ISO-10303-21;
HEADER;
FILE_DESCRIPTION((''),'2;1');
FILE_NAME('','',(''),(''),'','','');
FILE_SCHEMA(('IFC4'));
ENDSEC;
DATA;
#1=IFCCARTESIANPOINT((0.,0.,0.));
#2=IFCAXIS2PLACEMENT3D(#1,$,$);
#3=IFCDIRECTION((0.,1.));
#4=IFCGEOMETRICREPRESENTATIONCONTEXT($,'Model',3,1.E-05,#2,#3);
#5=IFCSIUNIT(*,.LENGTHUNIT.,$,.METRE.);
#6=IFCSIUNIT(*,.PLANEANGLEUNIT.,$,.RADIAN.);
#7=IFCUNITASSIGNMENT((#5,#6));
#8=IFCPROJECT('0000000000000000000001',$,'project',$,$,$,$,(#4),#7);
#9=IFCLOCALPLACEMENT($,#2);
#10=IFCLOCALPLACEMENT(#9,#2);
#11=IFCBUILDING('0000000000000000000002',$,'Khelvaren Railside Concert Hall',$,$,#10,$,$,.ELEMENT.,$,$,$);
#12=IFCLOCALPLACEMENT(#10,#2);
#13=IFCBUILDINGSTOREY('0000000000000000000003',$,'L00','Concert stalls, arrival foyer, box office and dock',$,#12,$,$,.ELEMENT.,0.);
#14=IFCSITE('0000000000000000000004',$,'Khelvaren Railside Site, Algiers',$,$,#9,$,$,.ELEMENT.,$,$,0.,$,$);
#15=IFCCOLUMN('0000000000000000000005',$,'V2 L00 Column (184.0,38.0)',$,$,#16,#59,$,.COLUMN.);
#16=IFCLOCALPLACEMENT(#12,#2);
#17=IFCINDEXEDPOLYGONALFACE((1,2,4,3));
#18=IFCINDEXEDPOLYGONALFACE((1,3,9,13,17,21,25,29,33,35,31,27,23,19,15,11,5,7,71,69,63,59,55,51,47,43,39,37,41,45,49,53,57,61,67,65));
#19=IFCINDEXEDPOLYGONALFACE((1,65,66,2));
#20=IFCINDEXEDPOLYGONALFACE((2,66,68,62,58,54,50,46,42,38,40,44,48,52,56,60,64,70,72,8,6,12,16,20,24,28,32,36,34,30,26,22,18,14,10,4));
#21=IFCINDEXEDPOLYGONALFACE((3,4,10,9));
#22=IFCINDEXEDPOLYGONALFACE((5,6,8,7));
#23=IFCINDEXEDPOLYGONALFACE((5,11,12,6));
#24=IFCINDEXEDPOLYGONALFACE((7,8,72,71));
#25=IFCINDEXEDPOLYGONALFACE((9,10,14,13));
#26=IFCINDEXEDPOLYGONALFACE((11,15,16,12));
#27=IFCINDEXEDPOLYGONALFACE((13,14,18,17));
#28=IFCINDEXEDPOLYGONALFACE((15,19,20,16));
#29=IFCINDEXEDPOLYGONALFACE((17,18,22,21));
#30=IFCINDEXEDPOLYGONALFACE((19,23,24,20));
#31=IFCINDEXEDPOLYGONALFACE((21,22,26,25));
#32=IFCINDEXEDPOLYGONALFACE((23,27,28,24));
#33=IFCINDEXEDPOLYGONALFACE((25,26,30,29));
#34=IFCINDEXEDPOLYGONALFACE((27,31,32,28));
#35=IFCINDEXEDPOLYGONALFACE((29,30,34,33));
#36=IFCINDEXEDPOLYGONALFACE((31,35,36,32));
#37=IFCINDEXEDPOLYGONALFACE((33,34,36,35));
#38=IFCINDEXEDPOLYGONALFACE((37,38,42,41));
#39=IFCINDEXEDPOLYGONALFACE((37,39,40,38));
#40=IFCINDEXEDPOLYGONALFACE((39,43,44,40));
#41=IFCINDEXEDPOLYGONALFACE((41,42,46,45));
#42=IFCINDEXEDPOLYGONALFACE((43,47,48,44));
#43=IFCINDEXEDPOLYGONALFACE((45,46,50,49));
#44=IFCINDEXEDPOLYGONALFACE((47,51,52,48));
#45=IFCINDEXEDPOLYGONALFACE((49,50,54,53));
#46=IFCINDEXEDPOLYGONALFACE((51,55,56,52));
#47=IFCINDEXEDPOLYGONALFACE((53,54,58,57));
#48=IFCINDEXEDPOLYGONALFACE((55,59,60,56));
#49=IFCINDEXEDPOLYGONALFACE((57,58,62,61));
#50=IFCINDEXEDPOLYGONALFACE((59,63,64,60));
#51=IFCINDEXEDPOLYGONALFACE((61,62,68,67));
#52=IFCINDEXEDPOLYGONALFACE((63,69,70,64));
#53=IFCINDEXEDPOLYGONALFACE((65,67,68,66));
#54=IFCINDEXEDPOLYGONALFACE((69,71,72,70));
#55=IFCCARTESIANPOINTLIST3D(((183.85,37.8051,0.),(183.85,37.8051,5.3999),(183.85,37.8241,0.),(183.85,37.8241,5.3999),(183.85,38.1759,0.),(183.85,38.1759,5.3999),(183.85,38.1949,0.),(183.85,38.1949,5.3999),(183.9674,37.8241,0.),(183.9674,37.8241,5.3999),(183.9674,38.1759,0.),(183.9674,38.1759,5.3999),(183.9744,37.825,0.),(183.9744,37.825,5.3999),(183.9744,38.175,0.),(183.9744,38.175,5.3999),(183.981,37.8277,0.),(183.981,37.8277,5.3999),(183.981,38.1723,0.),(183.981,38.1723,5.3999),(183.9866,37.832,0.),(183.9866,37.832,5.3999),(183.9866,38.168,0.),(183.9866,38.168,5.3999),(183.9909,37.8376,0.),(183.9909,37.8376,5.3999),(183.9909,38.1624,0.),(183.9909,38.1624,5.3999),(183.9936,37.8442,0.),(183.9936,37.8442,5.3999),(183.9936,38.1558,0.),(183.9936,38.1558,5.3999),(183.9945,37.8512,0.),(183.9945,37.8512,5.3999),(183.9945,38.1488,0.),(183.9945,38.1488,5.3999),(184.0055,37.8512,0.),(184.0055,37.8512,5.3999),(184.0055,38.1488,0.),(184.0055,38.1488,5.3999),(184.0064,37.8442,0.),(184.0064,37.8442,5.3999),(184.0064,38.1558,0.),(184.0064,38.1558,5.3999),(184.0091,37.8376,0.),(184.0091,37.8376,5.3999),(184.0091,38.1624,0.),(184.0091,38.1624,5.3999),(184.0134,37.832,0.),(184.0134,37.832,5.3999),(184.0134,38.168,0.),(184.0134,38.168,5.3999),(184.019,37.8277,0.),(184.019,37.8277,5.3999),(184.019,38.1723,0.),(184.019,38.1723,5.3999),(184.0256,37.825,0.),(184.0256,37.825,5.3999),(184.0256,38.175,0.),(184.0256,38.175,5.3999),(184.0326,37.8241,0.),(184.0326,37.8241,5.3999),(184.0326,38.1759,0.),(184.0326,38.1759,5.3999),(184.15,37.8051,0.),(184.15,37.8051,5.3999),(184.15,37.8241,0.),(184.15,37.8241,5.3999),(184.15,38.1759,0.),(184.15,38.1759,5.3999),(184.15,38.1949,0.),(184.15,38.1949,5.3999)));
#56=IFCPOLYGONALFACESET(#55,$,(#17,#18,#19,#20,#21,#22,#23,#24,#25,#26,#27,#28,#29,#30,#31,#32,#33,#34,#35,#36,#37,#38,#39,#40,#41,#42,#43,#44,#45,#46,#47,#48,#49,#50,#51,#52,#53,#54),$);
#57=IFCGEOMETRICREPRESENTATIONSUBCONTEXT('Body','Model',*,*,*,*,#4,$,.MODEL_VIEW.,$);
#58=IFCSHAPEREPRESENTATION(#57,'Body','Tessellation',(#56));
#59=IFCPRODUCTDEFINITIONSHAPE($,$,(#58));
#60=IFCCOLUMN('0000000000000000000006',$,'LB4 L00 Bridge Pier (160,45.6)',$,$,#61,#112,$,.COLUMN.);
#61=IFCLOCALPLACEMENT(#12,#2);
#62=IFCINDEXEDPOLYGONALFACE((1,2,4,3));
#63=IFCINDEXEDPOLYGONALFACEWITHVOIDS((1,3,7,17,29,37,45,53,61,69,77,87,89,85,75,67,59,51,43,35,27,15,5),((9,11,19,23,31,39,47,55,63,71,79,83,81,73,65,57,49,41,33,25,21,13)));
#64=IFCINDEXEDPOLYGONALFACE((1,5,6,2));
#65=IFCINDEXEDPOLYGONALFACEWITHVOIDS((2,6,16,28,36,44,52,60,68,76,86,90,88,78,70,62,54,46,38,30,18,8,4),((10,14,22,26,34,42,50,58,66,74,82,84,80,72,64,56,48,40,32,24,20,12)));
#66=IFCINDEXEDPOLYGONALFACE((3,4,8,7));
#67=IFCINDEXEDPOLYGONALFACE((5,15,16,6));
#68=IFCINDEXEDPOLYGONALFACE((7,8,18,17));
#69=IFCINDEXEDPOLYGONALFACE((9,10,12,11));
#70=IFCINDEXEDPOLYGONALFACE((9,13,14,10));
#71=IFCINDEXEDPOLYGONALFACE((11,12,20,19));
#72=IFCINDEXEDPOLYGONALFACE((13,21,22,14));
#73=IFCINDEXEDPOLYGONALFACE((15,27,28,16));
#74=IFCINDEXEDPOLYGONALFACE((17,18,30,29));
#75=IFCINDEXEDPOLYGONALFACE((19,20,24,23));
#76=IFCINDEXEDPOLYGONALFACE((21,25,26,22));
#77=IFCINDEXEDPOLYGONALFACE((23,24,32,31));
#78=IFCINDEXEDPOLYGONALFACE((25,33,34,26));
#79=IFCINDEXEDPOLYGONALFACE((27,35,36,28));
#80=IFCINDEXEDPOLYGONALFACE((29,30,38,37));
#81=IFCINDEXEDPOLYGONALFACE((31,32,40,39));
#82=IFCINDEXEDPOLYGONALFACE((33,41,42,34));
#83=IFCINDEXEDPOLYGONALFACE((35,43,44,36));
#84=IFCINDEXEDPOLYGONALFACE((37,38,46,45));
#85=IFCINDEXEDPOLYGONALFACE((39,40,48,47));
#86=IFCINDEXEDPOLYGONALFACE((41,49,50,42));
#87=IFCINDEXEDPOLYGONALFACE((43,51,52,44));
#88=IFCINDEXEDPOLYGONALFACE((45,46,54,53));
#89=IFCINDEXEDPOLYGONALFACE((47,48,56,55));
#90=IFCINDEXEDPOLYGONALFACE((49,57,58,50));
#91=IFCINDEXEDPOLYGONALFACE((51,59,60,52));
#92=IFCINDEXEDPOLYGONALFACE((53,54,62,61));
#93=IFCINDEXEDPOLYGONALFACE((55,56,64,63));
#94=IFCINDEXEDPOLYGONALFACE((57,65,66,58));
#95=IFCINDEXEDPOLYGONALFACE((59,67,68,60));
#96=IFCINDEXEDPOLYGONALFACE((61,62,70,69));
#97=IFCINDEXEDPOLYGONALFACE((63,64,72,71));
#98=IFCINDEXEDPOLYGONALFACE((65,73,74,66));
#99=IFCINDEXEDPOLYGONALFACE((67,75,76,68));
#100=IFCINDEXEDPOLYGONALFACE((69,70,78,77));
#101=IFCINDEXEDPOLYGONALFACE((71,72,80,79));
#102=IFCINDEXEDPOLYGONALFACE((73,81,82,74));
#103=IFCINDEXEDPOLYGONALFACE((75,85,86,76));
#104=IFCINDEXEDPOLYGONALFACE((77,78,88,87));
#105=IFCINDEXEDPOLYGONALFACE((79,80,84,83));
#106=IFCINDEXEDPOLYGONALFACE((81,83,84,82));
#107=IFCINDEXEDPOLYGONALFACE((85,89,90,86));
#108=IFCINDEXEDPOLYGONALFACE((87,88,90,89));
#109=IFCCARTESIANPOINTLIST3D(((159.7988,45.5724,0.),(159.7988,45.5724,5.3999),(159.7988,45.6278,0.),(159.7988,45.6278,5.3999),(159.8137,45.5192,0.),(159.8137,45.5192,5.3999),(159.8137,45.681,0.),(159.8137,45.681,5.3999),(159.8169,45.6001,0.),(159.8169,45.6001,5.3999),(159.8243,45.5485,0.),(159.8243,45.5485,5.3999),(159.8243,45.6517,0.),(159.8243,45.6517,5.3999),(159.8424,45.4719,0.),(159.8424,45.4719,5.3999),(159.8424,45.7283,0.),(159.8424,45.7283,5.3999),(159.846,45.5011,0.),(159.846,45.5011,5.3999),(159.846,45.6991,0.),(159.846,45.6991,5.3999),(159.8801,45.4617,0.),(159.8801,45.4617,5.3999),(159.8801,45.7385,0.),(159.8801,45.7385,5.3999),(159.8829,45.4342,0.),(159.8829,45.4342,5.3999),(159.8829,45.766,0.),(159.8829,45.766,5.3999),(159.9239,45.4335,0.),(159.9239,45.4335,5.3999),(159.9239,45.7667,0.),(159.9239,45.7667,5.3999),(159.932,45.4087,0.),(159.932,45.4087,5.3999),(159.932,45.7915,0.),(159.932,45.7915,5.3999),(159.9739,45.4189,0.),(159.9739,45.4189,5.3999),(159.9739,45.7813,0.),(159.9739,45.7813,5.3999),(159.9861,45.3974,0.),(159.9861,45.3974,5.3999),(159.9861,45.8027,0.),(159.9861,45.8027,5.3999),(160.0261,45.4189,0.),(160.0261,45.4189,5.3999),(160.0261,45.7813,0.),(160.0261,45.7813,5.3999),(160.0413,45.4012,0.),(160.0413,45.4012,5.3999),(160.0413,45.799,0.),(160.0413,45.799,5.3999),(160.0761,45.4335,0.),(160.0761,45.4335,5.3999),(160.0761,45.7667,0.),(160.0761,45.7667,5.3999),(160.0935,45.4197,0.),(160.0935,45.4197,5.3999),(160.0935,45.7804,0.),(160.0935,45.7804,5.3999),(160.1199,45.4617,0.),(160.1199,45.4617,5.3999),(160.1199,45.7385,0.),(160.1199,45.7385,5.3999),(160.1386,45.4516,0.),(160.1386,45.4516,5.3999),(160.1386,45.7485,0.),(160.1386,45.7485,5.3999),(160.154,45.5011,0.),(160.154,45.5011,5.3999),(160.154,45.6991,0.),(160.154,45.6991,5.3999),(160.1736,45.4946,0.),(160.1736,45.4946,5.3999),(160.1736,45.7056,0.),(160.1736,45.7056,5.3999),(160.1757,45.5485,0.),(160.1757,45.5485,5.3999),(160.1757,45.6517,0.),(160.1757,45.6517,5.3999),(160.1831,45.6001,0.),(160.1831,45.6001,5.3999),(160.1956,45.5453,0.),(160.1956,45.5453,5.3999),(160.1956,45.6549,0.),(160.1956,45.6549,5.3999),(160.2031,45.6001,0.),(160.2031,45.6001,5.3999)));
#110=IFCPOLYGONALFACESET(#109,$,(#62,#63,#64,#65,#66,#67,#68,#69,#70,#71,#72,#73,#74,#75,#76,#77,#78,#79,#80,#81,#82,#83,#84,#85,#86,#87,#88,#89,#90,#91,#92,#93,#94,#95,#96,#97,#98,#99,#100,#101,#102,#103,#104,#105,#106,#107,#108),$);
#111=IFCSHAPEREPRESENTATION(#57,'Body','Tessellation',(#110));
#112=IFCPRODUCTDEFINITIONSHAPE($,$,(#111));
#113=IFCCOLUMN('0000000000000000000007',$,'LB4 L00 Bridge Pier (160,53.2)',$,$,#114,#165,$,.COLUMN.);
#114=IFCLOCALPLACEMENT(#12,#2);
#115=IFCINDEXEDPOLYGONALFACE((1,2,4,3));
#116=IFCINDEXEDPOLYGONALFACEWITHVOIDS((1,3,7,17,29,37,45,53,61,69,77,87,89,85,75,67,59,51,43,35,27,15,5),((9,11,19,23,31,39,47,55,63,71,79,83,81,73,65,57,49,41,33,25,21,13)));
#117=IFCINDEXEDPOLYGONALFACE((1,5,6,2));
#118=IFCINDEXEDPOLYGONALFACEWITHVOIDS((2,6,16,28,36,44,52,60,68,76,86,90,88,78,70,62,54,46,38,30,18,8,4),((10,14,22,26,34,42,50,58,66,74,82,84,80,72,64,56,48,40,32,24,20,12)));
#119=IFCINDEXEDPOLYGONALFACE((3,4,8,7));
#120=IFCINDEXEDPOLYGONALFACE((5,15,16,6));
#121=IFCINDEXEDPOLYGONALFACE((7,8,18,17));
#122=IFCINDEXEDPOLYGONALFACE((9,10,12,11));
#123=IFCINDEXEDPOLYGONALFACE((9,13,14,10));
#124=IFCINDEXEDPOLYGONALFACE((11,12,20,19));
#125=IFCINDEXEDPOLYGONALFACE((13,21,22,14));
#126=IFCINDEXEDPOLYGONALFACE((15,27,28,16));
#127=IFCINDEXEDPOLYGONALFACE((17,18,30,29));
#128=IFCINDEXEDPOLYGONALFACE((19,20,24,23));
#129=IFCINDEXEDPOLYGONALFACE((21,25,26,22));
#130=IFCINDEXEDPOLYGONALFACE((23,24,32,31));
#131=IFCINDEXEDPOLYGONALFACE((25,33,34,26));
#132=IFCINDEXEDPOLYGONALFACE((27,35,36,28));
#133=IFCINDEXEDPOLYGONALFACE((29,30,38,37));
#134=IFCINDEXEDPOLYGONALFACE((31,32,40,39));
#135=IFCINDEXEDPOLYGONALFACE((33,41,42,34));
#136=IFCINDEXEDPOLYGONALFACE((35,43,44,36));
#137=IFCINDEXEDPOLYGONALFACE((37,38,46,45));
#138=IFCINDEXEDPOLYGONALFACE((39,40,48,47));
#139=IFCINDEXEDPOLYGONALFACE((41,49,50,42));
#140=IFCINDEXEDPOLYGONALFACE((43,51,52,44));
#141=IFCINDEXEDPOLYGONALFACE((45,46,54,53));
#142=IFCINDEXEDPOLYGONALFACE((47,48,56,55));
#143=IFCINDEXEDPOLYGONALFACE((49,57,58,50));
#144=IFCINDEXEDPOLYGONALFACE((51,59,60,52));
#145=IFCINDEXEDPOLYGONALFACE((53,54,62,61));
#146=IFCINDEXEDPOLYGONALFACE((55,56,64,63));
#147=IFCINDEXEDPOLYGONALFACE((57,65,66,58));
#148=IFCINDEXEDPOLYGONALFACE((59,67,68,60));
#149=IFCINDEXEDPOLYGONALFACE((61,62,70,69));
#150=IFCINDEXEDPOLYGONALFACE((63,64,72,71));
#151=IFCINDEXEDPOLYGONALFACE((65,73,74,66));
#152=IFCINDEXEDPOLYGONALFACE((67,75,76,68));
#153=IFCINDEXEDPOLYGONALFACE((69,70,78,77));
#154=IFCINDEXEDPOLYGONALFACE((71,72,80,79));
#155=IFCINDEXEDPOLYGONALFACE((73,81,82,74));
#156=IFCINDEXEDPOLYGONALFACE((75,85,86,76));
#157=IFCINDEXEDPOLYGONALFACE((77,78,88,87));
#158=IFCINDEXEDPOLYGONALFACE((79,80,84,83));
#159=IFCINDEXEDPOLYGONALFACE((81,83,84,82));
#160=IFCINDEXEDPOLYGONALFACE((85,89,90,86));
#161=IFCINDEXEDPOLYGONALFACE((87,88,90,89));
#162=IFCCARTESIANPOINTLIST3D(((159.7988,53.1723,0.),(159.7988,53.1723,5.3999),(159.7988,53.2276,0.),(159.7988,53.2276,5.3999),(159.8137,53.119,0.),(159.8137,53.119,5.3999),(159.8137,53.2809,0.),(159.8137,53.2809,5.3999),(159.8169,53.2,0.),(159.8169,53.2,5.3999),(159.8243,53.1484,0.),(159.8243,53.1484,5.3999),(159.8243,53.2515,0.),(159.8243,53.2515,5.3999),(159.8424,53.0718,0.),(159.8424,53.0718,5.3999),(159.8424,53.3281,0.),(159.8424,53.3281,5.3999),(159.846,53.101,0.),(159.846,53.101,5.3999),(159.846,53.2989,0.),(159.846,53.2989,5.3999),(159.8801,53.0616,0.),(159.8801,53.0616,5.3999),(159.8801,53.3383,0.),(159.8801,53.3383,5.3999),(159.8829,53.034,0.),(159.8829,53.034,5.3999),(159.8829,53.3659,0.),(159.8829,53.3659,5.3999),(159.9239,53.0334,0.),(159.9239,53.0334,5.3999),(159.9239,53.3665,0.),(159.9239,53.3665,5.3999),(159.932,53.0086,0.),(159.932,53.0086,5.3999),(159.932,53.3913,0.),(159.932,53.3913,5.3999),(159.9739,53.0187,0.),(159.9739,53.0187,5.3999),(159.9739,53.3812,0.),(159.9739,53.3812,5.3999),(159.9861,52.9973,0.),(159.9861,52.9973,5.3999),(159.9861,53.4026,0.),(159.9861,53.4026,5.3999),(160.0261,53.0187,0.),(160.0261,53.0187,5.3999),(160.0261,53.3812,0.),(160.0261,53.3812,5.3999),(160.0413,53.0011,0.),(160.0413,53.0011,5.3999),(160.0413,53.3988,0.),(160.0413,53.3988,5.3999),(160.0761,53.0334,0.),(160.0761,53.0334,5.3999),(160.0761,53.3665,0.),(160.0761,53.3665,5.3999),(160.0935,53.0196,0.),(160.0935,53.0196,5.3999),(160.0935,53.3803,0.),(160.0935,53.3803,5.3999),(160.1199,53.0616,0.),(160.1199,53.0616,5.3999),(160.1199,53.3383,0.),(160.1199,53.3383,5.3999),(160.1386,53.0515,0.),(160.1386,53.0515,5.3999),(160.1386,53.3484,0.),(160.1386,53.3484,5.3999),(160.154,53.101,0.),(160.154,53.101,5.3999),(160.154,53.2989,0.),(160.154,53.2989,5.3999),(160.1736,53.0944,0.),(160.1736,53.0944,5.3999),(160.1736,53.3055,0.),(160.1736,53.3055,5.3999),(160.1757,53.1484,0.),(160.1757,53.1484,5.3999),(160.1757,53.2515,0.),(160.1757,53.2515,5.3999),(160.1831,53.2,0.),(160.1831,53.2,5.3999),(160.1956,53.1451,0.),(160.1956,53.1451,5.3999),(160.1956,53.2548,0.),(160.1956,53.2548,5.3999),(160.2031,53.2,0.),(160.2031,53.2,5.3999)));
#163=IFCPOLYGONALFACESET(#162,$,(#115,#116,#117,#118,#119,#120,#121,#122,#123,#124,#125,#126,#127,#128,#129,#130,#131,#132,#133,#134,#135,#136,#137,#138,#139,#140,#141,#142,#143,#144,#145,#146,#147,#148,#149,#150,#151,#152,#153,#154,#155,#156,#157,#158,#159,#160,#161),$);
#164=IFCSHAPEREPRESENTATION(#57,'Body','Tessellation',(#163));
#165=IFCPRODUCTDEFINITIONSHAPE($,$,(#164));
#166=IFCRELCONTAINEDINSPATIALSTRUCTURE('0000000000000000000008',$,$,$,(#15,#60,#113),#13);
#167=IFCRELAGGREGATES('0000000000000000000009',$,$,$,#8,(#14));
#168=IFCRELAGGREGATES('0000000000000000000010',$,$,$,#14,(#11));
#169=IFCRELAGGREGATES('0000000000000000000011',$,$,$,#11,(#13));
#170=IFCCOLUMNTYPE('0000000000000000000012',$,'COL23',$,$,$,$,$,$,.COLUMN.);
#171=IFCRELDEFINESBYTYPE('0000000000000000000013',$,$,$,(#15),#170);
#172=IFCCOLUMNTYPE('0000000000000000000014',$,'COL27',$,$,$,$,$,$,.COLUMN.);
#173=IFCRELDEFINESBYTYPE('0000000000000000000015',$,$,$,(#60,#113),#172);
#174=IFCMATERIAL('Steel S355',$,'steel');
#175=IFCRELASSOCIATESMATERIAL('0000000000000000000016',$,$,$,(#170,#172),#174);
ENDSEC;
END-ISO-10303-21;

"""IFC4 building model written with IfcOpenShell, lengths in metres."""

from ifc_helpers import new_model, si_unit, direction, frame, origin, origin_2d, place, context, subcontext, project, spatial, hollow_circle, i_section, extrude, material, material_profile, profile_set, type_object, element, save


model = new_model("IFC4")

# Units and contexts
model_context = context("Model", 3, precision=1e-05, world=origin(), true_north=direction((0.0, 1.0)))
body_context = subcontext(model_context, "Body", "Model", "MODEL_VIEW")
ifc_project = project(units=[si_unit("LENGTHUNIT", "METRE"), si_unit("PLANEANGLEUNIT", "RADIAN")], contexts=[model_context])

# Site, building, storey
site_placement = place(None, origin())
site = spatial("IfcSite", under=ifc_project, at=site_placement, Name="Khelvaren Railside Site, Algiers", CompositionType="ELEMENT", RefElevation=0.0)
building_placement = place(site_placement, origin())
building = spatial("IfcBuilding", under=site, at=building_placement, Name="Khelvaren Railside Concert Hall", CompositionType="ELEMENT")
storey_placement = place(building_placement, origin())
storey = spatial("IfcBuildingStorey", under=building, at=storey_placement, Name="L00", Description="Concert stalls, arrival foyer, box office and dock", CompositionType="ELEMENT", Elevation=0.0)

# Columns
ifc_material_1 = material(Name="Steel S355", Category="steel")
ifc_material_profile_1 = material_profile(ifc_material_1, i_section(OverallWidth=0.3, OverallDepth=0.3899, WebThickness=0.011, FlangeThickness=0.019, FilletRadius=0.0271, at=origin_2d()), Name="HEA 400")
ifc_profile_set_1 = profile_set([ifc_material_profile_1], Name="Steel S355")
column_type_1 = type_object("IfcColumnType", Name="COL23", PredefinedType="COLUMN", material=ifc_profile_set_1)
column_placement = place(storey_placement, frame((184.0, 38.0, 0.0), z_axis=(0.0, 0.0, 1.0), x_axis=(1.0, 0.0, 0.0)))
element("IfcColumn", 1, at=column_placement, inside=storey, type_object=column_type_1, Name="V2 L00 Column (184.0,38.0)", PredefinedType="COLUMN", context=body_context, shape_type="SweptSolid", body=[
    extrude(i_section(OverallWidth=0.3, OverallDepth=0.3899, WebThickness=0.011, FlangeThickness=0.019, FilletRadius=0.0271, at=origin_2d()), origin(), (0.0, 0.0, 1.0), 5.3999),
])
ifc_material_profile_2 = material_profile(ifc_material_1, hollow_circle(Radius=0.2031, WallThickness=0.02, at=origin_2d()), Name="CHS 406.4x20")
ifc_profile_set_2 = profile_set([ifc_material_profile_2], Name="Steel S355")
column_type_2 = type_object("IfcColumnType", Name="COL27", PredefinedType="COLUMN", material=ifc_profile_set_2)
for number, where, z_axis, x_axis, name in (
    (2, (160.0, 45.6001, 0.0), (0.0, 0.0, 1.0), (1.0, 0.0, 0.0), "LB4 L00 Bridge Pier (160,45.6)"),
    (3, (160.0, 53.2, 0.0), (0.0, 0.0, 1.0), (1.0, 0.0, 0.0), "LB4 L00 Bridge Pier (160,53.2)"),
):
    element("IfcColumn", number, at=place(storey_placement, frame(where, z_axis=z_axis, x_axis=x_axis)), inside=storey, type_object=column_type_2, Name=name, PredefinedType="COLUMN", context=body_context, shape_type="SweptSolid", body=[
        extrude(hollow_circle(Radius=0.2031, WallThickness=0.02, at=origin_2d()), origin(), (0.0, 0.0, 1.0), 5.3999),
    ])

save(model, "model.ifc")
